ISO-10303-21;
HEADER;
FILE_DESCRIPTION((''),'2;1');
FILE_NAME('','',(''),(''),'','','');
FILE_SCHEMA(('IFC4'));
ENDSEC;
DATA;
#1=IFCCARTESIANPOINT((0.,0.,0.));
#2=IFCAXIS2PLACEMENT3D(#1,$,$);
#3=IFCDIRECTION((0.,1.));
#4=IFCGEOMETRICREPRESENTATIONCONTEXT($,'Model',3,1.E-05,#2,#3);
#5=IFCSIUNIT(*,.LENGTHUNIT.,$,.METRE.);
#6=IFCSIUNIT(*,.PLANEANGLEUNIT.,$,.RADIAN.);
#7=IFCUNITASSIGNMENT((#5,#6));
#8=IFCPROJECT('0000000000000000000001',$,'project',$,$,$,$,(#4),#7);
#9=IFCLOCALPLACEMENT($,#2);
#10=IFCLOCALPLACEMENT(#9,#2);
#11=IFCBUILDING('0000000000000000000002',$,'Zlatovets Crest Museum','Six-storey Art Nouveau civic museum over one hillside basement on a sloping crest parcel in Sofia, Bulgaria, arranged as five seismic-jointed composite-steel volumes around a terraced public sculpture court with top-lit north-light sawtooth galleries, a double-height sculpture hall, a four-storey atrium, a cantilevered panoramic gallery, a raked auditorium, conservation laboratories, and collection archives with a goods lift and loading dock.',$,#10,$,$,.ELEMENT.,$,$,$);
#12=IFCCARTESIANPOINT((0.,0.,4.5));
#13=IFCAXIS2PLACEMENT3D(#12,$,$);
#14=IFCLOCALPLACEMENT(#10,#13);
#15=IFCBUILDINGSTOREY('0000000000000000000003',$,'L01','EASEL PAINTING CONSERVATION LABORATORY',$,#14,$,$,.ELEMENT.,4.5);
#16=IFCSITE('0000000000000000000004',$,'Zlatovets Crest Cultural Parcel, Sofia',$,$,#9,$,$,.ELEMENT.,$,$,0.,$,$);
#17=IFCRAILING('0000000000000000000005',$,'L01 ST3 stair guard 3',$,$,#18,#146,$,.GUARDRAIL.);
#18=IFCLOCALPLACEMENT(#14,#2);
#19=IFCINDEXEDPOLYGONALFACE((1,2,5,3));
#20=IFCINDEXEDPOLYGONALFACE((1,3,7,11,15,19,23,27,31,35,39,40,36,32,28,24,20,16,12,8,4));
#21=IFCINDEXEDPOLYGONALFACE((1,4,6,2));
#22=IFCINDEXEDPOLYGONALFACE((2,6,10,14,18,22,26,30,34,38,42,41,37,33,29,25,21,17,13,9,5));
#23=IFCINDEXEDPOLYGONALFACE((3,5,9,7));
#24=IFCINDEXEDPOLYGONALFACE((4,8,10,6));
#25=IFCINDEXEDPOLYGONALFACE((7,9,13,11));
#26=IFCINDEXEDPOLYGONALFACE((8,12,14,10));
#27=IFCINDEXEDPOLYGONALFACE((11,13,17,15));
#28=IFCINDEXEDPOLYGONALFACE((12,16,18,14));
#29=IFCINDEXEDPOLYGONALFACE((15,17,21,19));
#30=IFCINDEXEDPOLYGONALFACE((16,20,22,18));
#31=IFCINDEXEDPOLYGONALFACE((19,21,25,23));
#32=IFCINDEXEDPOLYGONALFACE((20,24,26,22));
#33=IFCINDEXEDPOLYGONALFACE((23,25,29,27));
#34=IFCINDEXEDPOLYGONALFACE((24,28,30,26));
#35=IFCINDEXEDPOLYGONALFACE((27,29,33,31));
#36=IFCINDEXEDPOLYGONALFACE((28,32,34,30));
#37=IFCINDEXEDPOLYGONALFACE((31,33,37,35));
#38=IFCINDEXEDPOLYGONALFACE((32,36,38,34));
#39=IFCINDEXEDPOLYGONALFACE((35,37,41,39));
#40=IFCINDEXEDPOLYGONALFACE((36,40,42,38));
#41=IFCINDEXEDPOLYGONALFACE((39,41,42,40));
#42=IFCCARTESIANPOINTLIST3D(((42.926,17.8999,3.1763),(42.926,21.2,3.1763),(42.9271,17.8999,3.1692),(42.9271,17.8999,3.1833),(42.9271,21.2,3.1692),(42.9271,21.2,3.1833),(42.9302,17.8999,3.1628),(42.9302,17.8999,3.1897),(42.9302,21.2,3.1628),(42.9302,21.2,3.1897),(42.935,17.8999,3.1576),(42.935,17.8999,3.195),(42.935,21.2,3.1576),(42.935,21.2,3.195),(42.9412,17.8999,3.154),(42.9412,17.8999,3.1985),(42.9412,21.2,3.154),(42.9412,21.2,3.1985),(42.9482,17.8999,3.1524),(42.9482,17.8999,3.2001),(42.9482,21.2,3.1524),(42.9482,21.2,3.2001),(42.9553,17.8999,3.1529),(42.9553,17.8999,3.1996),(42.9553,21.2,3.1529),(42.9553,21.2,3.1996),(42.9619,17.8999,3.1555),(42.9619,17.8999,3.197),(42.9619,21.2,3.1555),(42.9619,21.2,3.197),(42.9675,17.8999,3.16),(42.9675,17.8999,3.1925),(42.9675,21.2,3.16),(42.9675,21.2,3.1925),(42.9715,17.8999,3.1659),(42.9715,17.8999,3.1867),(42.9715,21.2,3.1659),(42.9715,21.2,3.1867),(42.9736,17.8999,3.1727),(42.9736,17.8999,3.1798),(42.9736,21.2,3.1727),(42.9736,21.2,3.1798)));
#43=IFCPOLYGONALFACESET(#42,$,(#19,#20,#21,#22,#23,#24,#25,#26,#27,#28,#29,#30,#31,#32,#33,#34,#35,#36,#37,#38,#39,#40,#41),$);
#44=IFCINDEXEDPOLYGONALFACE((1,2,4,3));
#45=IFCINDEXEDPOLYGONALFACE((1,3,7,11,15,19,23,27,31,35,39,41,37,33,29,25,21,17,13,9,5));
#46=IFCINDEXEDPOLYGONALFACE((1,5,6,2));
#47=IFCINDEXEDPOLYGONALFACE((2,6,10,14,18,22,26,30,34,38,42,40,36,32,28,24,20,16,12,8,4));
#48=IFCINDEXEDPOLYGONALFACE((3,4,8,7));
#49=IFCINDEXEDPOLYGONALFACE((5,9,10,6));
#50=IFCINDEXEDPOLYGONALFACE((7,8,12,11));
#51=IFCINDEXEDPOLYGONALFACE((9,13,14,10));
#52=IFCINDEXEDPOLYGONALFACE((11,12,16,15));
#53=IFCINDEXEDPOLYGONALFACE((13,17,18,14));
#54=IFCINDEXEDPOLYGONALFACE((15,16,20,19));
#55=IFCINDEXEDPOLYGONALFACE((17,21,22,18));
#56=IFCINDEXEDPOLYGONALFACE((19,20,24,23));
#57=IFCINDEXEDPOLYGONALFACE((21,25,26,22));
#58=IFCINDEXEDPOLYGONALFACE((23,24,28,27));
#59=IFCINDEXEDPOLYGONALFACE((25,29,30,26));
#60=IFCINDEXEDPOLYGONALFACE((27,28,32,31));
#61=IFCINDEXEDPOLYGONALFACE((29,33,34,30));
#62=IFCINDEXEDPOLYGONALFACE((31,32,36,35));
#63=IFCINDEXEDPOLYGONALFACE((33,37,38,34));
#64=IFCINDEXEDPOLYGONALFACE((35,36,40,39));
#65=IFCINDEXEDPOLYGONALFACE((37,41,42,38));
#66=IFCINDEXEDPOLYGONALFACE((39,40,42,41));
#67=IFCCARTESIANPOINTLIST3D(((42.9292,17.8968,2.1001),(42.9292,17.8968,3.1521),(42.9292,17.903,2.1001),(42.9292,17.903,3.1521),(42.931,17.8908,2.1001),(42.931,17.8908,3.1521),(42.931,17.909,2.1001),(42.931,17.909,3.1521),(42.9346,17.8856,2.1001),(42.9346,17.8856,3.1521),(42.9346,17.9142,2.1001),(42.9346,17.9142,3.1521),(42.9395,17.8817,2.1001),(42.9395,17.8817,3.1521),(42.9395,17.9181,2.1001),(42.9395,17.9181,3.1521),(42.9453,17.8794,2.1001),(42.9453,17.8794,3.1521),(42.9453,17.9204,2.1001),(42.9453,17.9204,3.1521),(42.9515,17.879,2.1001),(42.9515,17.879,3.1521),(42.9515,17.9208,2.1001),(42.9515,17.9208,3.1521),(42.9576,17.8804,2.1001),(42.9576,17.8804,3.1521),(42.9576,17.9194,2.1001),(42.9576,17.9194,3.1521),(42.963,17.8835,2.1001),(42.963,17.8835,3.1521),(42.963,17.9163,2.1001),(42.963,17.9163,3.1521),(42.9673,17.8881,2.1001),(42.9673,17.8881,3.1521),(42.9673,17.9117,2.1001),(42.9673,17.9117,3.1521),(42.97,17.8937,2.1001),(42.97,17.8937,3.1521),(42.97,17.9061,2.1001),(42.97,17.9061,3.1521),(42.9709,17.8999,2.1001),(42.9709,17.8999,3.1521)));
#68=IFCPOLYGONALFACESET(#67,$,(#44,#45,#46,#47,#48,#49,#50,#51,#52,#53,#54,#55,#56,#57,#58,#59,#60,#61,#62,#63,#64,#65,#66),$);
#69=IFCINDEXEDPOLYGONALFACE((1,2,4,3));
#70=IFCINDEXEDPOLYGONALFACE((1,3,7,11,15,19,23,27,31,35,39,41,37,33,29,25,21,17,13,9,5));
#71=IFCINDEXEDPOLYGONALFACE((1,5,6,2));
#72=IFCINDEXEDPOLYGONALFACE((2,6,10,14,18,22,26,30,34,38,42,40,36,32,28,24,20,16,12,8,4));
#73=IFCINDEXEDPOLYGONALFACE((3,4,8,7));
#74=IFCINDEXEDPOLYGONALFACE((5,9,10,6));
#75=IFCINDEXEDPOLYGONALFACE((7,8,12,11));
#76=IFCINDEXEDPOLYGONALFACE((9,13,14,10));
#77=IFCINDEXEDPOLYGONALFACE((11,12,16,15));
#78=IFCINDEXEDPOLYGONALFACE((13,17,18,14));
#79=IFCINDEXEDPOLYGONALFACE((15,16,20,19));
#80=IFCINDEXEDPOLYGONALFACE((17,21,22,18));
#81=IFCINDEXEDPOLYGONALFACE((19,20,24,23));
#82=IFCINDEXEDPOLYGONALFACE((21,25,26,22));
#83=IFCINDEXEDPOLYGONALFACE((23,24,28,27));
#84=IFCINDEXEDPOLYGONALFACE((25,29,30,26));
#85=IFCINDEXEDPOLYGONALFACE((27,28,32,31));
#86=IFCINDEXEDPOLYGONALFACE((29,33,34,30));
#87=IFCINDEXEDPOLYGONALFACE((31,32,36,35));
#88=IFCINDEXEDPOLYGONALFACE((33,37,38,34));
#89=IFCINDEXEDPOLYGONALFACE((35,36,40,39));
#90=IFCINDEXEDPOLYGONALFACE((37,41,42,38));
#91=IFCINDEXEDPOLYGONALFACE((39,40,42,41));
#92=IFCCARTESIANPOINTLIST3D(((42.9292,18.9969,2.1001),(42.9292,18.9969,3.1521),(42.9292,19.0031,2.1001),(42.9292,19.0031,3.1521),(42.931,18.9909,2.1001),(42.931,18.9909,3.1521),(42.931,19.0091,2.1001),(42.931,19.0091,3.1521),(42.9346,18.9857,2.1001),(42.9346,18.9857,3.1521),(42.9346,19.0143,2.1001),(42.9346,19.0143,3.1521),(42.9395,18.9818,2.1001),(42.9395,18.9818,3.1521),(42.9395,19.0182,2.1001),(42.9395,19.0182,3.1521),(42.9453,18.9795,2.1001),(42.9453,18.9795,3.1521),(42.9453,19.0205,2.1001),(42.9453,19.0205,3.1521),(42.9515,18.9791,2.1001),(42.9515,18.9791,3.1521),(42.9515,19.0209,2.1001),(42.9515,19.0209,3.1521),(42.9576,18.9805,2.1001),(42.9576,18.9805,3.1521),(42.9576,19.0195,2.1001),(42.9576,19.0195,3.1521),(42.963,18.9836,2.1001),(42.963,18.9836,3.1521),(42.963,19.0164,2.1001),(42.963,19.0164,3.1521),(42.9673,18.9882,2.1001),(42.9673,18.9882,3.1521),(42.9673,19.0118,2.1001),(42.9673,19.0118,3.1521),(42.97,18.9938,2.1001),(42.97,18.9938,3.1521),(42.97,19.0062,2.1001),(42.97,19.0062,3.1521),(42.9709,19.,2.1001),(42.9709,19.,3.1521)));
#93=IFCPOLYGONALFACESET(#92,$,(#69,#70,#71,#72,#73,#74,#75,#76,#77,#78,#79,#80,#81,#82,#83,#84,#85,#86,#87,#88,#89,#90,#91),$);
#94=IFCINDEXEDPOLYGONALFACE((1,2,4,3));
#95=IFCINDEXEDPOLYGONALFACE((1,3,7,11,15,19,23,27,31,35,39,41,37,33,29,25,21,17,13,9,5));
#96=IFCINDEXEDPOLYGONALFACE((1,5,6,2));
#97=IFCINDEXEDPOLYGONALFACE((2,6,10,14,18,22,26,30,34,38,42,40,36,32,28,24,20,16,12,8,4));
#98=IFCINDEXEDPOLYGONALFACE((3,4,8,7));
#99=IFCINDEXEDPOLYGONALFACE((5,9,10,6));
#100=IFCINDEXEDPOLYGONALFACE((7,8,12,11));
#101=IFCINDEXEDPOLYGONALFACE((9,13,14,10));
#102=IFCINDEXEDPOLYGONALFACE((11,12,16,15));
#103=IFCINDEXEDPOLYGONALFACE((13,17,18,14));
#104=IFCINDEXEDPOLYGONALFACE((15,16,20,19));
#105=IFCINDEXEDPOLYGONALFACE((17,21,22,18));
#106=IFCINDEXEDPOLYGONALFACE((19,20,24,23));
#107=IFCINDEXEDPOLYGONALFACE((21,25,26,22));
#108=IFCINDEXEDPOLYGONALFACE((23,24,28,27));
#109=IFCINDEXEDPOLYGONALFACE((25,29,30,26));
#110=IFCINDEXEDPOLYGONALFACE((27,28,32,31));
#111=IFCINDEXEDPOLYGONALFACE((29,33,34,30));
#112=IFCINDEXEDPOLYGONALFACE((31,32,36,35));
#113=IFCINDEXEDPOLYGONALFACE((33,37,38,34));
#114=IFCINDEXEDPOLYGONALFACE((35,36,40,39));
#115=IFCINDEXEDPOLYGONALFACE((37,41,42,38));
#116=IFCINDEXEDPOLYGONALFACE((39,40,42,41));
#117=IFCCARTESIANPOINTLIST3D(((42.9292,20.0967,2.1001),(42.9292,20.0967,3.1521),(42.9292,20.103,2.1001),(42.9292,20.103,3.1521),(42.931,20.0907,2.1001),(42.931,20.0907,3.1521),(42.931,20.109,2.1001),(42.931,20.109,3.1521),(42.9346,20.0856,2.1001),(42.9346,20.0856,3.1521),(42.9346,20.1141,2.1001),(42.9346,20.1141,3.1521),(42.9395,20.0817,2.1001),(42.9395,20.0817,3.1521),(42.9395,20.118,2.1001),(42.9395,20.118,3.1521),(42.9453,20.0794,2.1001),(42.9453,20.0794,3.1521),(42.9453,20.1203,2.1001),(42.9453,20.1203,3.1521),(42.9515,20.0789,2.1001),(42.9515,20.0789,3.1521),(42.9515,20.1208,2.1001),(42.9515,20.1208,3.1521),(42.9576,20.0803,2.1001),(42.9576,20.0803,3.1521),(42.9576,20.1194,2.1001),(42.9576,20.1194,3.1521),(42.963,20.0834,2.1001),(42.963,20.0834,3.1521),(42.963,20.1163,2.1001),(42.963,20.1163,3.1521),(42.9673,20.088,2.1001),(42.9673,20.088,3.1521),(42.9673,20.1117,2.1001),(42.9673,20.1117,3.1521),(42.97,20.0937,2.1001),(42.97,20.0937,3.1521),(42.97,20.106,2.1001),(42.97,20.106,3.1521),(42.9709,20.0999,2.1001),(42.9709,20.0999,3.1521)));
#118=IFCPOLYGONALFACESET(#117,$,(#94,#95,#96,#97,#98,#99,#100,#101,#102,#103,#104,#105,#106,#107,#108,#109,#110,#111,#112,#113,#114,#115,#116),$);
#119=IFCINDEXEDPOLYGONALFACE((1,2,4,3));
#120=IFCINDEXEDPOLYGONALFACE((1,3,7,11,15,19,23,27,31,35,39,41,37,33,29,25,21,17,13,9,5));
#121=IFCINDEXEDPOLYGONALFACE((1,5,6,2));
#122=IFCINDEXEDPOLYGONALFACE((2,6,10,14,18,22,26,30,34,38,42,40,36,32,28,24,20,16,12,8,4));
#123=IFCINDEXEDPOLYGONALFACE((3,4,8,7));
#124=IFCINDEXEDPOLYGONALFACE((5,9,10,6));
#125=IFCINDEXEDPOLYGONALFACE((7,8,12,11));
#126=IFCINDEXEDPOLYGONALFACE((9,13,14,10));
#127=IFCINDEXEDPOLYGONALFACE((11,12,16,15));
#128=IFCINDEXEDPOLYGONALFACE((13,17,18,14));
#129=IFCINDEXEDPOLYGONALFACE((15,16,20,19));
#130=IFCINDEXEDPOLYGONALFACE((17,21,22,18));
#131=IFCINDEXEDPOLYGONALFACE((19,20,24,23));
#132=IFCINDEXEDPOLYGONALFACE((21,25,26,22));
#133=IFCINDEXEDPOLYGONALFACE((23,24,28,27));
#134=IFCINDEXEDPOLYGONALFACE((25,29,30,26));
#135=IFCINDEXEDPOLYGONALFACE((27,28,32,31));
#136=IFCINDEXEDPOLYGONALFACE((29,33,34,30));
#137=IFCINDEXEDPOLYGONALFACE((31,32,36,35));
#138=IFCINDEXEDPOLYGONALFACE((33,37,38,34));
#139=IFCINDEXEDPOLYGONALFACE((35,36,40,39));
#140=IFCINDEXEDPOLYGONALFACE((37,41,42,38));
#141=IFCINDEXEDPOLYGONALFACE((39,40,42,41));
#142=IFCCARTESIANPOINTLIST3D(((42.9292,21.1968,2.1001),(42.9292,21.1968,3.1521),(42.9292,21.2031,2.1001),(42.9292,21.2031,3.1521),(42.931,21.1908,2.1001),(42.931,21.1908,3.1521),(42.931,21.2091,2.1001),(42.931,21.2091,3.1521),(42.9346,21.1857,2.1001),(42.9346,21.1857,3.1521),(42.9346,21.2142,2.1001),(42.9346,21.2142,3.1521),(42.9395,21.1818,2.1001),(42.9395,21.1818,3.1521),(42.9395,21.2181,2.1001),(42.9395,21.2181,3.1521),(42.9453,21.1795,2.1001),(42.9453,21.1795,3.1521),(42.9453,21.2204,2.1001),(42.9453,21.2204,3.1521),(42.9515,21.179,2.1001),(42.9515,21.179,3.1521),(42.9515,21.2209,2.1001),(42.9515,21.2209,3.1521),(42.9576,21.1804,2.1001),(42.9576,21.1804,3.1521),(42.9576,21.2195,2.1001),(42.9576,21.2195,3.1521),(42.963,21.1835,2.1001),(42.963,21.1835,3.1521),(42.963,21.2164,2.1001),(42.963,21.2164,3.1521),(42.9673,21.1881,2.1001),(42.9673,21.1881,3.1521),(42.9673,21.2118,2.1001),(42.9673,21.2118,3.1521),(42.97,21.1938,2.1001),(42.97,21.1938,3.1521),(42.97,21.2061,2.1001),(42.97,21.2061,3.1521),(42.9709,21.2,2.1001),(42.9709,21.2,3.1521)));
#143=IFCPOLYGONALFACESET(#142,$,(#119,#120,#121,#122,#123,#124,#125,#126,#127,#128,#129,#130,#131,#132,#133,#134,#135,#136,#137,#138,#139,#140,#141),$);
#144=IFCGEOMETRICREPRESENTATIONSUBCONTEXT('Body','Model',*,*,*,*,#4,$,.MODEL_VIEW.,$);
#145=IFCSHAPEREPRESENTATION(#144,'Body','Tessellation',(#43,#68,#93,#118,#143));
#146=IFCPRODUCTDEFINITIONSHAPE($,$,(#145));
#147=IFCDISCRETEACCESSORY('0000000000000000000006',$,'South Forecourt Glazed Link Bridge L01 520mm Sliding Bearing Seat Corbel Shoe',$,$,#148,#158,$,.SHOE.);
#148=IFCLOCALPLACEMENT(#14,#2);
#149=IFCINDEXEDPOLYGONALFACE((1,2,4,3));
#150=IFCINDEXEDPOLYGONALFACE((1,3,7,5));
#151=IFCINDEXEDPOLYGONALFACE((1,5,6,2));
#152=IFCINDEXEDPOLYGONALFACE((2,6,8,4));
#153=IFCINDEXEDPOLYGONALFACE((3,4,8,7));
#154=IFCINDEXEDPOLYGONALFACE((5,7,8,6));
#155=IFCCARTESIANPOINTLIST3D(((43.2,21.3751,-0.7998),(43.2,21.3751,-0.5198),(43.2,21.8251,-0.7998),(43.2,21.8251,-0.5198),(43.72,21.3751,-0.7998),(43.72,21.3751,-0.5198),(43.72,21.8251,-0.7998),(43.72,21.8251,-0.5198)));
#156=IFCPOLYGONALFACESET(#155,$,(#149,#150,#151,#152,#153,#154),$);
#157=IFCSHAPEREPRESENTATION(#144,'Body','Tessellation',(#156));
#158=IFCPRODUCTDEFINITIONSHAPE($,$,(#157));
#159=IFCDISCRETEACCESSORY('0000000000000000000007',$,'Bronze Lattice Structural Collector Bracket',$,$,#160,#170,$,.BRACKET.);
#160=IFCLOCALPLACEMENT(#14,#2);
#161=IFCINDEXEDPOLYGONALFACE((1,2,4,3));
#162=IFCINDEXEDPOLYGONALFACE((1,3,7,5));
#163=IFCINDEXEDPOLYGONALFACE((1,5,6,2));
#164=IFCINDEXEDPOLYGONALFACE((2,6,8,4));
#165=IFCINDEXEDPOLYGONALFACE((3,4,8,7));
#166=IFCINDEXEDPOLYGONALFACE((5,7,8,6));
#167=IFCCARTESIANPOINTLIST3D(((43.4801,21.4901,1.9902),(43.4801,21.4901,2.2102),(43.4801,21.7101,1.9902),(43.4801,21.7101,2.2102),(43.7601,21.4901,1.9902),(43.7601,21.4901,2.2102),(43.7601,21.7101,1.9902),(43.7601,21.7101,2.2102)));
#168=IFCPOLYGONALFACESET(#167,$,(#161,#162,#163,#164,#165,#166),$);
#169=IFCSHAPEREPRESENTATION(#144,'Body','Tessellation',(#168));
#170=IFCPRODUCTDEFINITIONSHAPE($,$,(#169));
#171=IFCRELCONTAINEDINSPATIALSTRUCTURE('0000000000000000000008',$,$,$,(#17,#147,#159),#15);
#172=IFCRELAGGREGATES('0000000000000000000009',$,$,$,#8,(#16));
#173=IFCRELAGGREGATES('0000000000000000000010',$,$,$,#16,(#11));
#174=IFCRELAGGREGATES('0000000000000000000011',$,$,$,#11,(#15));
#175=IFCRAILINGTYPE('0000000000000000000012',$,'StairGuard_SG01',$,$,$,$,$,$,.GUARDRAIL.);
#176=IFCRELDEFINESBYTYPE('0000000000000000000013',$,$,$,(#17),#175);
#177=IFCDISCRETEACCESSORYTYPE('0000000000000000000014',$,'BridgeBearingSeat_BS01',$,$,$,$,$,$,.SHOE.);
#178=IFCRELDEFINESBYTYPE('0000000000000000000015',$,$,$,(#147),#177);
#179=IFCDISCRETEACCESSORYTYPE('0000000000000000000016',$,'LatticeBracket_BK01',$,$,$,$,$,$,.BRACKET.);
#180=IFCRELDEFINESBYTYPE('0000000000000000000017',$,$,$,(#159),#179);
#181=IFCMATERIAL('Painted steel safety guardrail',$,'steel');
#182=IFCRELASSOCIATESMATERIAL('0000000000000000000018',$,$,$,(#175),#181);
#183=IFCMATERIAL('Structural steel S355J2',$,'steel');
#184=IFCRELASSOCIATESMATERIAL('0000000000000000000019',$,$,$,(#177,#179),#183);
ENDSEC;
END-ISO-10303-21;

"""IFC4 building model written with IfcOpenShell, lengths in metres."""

from ifc_helpers import new_model, si_unit, direction, frame, origin, origin_2d, place, context, subcontext, project, spatial, rectangle, circle, extrude, material, type_object, element, save


model = new_model("IFC4")

# Units and contexts
model_context = context("Model", 3, precision=1e-05, world=origin(), true_north=direction((0.0, 1.0)))
body_context = subcontext(model_context, "Body", "Model", "MODEL_VIEW")
ifc_project = project(units=[si_unit("LENGTHUNIT", "METRE"), si_unit("PLANEANGLEUNIT", "RADIAN")], contexts=[model_context])

# Site, building, storey
site_placement = place(None, origin())
site = spatial("IfcSite", under=ifc_project, at=site_placement, Name="Zlatovets Crest Cultural Parcel, Sofia", CompositionType="ELEMENT", RefElevation=0.0)
building_placement = place(site_placement, origin())
building = spatial("IfcBuilding", under=site, at=building_placement, Name="Zlatovets Crest Museum", Description="Six-storey Art Nouveau civic museum over one hillside basement on a sloping crest parcel in Sofia, Bulgaria, arranged as five seismic-jointed composite-steel volumes around a terraced public sculpture court with top-lit north-light sawtooth galleries, a double-height sculpture hall, a four-storey atrium, a cantilevered panoramic gallery, a raked auditorium, conservation laboratories, and collection archives with a goods lift and loading dock.", CompositionType="ELEMENT")
storey_placement = place(building_placement, frame((0.0, 0.0, 4.5)))
storey = spatial("IfcBuildingStorey", under=building, at=storey_placement, Name="L01", Description="EASEL PAINTING CONSERVATION LABORATORY", CompositionType="ELEMENT", Elevation=4.5)

# Shared definitions
ifc_material_1 = material(Name="Structural steel S355J2", Category="steel")

# Railing
ifc_material_2 = material(Name="Painted steel safety guardrail", Category="steel")
railing_type = type_object("IfcRailingType", Name="StairGuard_SG01", PredefinedType="GUARDRAIL", material=ifc_material_2)
railing_placement = place(storey_placement, frame((42.95, 17.8999, 2.1001)))
element("IfcRailing", 1, at=railing_placement, inside=storey, type_object=railing_type, Name="L01 ST3 stair guard 3", PredefinedType="GUARDRAIL", context=body_context, shape_type="SweptSolid", body=[
    extrude(circle(Radius=0.0239, at=origin_2d()), frame((0.0, 0.0, 1.0762), z_axis=(0.0, 1.0, 0.0), x_axis=(-1.0, 0.0, 0.0)), (0.0, 0.0, 1.0), 3.3),
    extrude(circle(Radius=0.021, at=origin_2d()), origin(), (0.0, 0.0, 1.0), 1.052),
    extrude(circle(Radius=0.021, at=origin_2d()), frame((0.0, 1.1001, 0.0)), (0.0, 0.0, 1.0), 1.052),
    extrude(circle(Radius=0.021, at=origin_2d()), frame((0.0, 2.2, 0.0)), (0.0, 0.0, 1.0), 1.052),
    extrude(circle(Radius=0.021, at=origin_2d()), frame((0.0, 3.3, 0.0)), (0.0, 0.0, 1.0), 1.052),
])

# Discrete accessories
discrete_accessory_type_1 = type_object("IfcDiscreteAccessoryType", Name="BridgeBearingSeat_BS01", PredefinedType="SHOE", material=ifc_material_1)
discrete_accessory_1_placement = place(storey_placement, frame((43.46, 21.6001, -0.7998), z_axis=(0.0, 0.0, 1.0), x_axis=(1.0, 0.0, 0.0)))
element("IfcDiscreteAccessory", 2, at=discrete_accessory_1_placement, inside=storey, type_object=discrete_accessory_type_1, Name="South Forecourt Glazed Link Bridge L01 520mm Sliding Bearing Seat Corbel Shoe", PredefinedType="SHOE", context=body_context, shape_type="SweptSolid", body=[
    extrude(rectangle(XDim=0.52, YDim=0.45, at=origin_2d()), origin(), (0.0, 0.0, 1.0), 0.28),
])
discrete_accessory_type_2 = type_object("IfcDiscreteAccessoryType", Name="LatticeBracket_BK01", PredefinedType="BRACKET", material=ifc_material_1)
discrete_accessory_2_placement = place(storey_placement, frame((43.6201, 21.6001, 1.9902), z_axis=(0.0, 0.0, 1.0), x_axis=(1.0, 0.0, 0.0)))
element("IfcDiscreteAccessory", 3, at=discrete_accessory_2_placement, inside=storey, type_object=discrete_accessory_type_2, Name="Bronze Lattice Structural Collector Bracket", PredefinedType="BRACKET", context=body_context, shape_type="SweptSolid", body=[
    extrude(rectangle(XDim=0.28, YDim=0.22, at=origin_2d()), origin(), (0.0, 0.0, 1.0), 0.22),
])

save(model, "model.ifc")
